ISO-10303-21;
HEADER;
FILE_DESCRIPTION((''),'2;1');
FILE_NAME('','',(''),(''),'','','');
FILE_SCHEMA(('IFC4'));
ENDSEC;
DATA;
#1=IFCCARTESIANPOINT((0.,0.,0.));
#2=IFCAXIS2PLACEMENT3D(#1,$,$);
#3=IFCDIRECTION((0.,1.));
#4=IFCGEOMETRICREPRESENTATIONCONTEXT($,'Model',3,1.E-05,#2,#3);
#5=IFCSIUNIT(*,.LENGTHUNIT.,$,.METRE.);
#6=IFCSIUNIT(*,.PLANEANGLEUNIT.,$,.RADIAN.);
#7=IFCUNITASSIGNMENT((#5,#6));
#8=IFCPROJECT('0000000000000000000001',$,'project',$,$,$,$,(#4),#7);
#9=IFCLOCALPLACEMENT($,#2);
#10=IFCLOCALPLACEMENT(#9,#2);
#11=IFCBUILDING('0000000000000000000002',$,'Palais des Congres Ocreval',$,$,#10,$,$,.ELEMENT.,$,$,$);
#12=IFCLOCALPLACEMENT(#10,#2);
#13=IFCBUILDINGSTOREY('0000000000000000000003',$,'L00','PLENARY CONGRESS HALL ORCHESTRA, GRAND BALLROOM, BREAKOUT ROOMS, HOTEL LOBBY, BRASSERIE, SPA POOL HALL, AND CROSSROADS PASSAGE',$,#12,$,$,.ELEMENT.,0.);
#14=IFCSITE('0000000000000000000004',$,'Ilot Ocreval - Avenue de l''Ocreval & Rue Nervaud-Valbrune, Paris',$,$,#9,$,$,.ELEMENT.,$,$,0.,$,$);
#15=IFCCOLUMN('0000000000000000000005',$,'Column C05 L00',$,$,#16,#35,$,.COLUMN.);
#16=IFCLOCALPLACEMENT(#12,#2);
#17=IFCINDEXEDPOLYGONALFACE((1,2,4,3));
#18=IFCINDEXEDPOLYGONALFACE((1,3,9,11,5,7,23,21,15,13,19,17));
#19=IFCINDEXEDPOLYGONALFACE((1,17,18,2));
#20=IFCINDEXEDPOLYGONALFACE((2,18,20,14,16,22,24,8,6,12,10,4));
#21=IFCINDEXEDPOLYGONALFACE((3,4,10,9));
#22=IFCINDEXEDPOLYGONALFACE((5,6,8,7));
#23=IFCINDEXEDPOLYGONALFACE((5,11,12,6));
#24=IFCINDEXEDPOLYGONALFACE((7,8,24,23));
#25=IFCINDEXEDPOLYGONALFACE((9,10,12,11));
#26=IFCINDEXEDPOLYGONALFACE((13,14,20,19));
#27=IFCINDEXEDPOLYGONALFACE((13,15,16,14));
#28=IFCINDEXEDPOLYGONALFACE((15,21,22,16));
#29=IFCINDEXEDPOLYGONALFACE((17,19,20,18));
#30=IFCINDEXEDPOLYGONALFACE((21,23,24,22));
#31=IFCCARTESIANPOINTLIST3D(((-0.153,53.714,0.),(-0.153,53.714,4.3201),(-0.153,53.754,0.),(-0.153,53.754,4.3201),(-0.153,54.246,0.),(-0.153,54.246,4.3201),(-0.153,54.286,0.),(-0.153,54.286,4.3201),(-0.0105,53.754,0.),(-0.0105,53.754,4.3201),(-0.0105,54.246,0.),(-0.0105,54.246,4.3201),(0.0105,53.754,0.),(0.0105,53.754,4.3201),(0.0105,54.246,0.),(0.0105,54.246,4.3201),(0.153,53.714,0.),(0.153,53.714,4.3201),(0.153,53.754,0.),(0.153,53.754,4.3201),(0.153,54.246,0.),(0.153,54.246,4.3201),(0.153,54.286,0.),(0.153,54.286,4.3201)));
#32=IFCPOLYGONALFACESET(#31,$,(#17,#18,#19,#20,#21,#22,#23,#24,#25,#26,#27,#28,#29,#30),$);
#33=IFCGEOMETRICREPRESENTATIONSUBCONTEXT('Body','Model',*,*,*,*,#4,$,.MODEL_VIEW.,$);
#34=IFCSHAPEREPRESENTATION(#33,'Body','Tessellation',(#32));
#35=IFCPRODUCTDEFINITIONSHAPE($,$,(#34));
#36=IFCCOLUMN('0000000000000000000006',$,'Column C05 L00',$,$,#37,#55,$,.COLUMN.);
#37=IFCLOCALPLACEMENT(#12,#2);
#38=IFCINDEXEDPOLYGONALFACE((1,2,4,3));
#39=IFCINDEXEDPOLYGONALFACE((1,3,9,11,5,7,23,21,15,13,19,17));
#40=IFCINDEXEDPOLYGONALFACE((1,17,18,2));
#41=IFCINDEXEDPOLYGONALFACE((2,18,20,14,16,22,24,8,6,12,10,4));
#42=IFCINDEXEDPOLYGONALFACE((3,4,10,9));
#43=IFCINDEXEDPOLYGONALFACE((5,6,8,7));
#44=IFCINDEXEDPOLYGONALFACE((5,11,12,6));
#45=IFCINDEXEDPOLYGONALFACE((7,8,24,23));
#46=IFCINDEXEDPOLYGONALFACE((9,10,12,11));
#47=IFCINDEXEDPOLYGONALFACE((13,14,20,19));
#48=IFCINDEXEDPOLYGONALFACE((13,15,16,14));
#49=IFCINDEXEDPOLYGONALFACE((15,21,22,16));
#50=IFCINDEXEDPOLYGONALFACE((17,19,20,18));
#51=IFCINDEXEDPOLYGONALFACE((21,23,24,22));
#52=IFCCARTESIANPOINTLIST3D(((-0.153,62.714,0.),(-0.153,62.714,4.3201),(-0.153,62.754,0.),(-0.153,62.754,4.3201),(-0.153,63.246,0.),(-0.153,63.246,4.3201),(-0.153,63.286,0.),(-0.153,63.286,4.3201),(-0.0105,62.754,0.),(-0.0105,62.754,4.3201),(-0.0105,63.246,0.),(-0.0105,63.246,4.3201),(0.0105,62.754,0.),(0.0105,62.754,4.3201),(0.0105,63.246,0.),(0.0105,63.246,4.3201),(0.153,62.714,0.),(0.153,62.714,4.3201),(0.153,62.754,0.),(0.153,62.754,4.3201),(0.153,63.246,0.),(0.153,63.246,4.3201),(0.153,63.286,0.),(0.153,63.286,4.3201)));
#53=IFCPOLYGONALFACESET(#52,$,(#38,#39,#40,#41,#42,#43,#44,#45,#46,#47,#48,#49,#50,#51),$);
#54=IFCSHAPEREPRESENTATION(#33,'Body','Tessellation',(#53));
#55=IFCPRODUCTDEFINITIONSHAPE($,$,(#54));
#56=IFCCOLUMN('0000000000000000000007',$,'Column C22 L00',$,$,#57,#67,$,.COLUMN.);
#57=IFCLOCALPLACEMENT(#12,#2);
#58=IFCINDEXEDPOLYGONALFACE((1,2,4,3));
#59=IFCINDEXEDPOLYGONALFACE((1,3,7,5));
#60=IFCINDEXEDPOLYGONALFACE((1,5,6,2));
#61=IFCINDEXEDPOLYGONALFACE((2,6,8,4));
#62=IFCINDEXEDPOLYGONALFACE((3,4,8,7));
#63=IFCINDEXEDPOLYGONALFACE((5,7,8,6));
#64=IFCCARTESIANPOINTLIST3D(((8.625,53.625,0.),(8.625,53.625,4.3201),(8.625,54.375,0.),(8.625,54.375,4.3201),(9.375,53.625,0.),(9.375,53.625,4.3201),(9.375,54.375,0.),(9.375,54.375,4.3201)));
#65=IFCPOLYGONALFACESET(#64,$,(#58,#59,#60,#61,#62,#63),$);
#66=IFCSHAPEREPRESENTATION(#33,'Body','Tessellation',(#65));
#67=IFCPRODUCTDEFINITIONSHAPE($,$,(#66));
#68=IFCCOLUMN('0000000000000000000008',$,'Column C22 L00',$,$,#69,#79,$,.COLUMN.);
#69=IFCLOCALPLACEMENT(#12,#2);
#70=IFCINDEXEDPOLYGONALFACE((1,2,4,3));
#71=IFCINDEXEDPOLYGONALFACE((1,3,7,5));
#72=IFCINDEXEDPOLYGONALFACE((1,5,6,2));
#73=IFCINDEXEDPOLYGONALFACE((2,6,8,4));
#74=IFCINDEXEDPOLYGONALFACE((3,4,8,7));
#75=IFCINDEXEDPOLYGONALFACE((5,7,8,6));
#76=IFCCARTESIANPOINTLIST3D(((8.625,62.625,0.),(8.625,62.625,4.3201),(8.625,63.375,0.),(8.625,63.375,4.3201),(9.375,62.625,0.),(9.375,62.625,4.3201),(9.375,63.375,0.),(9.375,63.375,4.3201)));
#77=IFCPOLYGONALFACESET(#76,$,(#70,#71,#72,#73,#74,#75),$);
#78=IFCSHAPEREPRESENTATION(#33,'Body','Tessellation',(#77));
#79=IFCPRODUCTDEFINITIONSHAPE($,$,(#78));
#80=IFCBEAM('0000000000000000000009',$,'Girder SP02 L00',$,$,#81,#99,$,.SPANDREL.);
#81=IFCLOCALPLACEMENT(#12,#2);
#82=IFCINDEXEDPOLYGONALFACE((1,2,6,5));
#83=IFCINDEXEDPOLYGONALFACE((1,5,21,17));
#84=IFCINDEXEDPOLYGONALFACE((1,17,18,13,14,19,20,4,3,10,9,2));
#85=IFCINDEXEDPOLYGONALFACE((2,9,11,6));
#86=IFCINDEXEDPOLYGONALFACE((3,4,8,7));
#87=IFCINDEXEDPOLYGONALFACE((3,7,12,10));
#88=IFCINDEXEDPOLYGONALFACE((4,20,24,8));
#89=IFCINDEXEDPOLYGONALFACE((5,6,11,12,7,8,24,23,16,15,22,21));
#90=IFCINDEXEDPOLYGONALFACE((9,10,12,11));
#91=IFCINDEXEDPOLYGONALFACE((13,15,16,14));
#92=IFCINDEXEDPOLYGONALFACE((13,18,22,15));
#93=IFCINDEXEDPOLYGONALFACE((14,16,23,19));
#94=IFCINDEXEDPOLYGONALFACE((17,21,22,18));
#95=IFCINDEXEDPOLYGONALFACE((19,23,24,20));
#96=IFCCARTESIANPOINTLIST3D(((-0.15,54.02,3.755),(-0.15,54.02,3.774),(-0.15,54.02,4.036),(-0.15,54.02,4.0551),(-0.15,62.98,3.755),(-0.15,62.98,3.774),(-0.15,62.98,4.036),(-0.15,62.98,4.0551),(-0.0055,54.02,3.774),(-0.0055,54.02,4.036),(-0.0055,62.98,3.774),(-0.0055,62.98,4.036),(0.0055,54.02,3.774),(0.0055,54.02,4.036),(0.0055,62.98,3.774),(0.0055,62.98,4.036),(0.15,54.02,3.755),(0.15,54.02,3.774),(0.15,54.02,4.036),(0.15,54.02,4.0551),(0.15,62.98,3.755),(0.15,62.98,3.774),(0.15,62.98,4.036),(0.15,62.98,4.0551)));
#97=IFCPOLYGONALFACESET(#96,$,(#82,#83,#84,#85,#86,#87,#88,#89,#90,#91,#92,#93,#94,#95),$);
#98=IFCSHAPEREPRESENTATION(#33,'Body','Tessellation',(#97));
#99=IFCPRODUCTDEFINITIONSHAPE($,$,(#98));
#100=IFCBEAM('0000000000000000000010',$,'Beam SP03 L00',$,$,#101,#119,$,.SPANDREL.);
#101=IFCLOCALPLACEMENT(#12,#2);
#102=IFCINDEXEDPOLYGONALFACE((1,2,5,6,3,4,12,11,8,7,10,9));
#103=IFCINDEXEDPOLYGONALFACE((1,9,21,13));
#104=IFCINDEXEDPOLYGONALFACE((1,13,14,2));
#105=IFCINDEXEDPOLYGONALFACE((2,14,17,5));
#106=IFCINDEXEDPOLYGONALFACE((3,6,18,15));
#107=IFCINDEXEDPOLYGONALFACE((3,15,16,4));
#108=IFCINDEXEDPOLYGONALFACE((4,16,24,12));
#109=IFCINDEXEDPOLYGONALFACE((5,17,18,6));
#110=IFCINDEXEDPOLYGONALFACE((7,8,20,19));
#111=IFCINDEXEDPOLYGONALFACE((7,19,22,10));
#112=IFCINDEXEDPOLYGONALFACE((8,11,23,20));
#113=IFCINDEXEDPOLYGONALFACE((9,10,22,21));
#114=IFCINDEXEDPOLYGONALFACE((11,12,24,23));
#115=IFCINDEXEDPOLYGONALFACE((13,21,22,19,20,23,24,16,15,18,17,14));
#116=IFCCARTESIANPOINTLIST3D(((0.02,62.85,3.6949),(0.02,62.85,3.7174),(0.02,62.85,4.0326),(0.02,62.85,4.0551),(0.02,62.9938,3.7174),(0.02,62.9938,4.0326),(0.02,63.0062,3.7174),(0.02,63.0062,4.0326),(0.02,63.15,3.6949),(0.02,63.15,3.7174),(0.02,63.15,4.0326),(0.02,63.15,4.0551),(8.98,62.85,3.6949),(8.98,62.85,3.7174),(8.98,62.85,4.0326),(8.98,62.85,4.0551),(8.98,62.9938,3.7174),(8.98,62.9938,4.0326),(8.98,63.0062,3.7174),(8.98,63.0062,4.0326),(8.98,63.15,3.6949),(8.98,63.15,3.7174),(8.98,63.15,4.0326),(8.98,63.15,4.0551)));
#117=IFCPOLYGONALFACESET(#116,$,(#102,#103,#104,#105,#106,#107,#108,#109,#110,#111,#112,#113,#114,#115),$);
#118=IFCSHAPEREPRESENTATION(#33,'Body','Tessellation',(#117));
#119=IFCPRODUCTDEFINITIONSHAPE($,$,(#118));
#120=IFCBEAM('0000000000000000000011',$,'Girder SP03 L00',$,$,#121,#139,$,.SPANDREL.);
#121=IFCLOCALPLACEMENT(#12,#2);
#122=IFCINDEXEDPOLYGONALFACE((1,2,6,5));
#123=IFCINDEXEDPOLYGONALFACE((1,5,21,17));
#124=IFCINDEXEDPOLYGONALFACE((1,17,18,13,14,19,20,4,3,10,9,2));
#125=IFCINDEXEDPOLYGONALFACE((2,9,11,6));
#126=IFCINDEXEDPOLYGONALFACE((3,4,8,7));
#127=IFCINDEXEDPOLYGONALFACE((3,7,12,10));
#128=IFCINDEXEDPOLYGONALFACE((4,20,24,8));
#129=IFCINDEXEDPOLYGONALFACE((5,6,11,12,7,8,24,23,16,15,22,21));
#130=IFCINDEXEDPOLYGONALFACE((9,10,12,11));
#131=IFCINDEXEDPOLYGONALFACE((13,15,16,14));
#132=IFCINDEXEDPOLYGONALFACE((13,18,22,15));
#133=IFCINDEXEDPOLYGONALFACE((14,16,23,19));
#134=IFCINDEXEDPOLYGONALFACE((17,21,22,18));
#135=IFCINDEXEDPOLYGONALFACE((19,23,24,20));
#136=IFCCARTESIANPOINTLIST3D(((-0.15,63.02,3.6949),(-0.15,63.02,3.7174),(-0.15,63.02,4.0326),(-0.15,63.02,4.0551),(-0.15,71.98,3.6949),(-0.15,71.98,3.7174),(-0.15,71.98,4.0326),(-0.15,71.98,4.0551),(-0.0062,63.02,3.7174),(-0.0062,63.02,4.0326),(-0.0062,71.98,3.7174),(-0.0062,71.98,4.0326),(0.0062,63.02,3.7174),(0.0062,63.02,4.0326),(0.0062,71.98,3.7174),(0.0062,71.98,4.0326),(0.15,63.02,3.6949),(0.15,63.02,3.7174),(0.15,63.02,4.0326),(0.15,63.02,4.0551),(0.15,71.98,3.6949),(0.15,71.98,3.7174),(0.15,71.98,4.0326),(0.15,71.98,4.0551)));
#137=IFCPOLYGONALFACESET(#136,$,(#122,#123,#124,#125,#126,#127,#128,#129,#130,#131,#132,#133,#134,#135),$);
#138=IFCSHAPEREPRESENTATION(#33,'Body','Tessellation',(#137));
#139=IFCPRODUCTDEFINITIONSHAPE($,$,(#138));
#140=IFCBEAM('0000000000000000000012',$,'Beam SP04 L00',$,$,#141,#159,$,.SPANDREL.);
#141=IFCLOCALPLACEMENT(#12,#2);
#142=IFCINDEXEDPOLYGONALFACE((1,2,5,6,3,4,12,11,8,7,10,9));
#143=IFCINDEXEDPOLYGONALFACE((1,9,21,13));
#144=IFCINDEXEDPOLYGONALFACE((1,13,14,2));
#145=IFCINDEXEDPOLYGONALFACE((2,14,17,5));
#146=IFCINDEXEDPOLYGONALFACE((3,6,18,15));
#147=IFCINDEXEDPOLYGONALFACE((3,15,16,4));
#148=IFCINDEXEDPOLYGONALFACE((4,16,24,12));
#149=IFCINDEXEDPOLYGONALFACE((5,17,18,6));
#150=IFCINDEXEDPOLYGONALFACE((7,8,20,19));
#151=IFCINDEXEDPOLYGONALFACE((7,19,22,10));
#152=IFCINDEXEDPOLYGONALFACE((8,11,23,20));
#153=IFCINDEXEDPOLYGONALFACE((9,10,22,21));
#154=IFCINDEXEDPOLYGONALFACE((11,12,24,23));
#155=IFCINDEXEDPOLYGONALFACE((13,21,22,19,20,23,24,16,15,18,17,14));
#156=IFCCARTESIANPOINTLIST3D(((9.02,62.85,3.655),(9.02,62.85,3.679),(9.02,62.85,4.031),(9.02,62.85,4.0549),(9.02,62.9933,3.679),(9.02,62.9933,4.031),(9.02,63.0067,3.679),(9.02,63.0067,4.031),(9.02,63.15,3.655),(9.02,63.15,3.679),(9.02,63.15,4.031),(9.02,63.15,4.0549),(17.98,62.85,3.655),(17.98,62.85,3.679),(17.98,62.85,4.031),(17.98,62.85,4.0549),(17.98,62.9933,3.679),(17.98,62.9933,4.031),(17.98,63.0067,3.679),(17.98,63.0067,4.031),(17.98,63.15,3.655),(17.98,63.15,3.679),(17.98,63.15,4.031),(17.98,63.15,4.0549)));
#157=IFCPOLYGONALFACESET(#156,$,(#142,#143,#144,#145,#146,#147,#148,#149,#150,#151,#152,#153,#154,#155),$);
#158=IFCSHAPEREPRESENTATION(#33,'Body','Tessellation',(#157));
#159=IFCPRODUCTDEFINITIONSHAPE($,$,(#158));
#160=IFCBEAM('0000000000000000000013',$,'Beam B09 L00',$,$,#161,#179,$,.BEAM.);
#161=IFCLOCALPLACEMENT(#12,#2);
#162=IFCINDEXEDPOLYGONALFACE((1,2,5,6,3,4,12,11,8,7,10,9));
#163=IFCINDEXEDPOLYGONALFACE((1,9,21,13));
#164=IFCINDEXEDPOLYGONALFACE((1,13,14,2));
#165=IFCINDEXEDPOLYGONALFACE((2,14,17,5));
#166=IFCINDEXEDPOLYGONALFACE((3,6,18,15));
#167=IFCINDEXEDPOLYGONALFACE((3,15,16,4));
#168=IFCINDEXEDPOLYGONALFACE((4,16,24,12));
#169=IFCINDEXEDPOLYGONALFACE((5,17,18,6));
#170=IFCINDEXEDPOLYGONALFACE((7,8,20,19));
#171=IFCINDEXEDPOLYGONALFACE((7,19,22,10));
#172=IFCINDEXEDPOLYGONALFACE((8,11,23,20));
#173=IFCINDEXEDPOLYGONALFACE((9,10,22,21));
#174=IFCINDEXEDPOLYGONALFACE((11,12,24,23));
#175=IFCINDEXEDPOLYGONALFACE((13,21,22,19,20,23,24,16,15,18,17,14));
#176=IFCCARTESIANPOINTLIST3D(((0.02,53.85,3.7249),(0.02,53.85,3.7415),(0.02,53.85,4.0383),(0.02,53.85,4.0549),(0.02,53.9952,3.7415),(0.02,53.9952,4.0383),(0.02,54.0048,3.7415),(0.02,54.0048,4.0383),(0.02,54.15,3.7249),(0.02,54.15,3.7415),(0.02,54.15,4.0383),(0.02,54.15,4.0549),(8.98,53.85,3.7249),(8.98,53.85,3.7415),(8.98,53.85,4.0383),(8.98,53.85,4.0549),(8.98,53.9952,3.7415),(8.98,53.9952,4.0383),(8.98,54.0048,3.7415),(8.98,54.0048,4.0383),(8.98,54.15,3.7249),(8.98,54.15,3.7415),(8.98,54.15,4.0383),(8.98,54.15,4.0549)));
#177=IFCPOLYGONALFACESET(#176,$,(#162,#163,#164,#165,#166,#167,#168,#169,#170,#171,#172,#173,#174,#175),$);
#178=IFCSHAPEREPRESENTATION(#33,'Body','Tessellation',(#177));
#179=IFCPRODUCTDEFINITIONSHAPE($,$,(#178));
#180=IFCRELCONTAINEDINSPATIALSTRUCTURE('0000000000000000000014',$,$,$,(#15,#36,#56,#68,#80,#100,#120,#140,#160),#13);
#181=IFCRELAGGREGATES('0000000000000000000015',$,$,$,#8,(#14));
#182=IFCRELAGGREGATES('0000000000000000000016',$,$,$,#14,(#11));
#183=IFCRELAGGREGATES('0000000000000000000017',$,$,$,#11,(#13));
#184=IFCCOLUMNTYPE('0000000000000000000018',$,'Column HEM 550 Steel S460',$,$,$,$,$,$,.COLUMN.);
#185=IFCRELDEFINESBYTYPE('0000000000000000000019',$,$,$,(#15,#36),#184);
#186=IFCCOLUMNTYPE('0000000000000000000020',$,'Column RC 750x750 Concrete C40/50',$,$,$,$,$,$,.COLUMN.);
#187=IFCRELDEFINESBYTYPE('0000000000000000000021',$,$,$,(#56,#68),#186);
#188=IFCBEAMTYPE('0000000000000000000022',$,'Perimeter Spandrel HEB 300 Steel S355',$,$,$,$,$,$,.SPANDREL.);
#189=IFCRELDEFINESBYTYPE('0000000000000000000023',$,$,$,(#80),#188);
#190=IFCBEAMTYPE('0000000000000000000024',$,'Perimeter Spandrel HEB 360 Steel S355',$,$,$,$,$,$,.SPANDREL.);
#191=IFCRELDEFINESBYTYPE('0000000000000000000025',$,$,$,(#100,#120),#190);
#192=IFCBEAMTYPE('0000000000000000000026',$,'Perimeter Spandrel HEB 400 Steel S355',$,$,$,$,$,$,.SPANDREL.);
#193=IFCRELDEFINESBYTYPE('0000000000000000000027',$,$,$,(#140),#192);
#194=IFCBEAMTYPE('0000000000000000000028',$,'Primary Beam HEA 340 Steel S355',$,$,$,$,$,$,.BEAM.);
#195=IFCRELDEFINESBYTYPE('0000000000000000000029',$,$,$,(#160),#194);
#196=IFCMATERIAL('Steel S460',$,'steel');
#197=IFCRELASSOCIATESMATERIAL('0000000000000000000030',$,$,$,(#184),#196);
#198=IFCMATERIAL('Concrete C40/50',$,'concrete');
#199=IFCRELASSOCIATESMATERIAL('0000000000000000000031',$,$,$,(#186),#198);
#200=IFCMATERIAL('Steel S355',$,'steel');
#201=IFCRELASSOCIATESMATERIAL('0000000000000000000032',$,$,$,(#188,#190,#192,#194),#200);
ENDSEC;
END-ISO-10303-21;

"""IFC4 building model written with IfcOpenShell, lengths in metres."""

from ifc_helpers import new_model, si_unit, direction, frame, origin, origin_2d, place, context, subcontext, project, spatial, rectangle, i_section, extrude, material, material_profile, profile_set, type_object, element, save


model = new_model("IFC4")

# Units and contexts
model_context = context("Model", 3, precision=1e-05, world=origin(), true_north=direction((0.0, 1.0)))
body_context = subcontext(model_context, "Body", "Model", "MODEL_VIEW")
ifc_project = project(units=[si_unit("LENGTHUNIT", "METRE"), si_unit("PLANEANGLEUNIT", "RADIAN")], contexts=[model_context])

# Site, building, storey
site_placement = place(None, origin())
site = spatial("IfcSite", under=ifc_project, at=site_placement, Name="Ilot Ocreval - Avenue de l'Ocreval & Rue Nervaud-Valbrune, Paris", CompositionType="ELEMENT", RefElevation=0.0)
building_placement = place(site_placement, origin())
building = spatial("IfcBuilding", under=site, at=building_placement, Name="Palais des Congres Ocreval", CompositionType="ELEMENT")
storey_placement = place(building_placement, origin())
storey = spatial("IfcBuildingStorey", under=building, at=storey_placement, Name="L00", Description="PLENARY CONGRESS HALL ORCHESTRA, GRAND BALLROOM, BREAKOUT ROOMS, HOTEL LOBBY, BRASSERIE, SPA POOL HALL, AND CROSSROADS PASSAGE", CompositionType="ELEMENT", Elevation=0.0)

# Columns
ifc_material_1 = material(Name="Steel S460", Category="steel")
ifc_material_profile_1 = material_profile(ifc_material_1, i_section(OverallWidth=0.3059, OverallDepth=0.572, WebThickness=0.021, FlangeThickness=0.04, at=origin_2d()), Name="HEM 550")
ifc_profile_set_1 = profile_set([ifc_material_profile_1], Name="Steel S460")
column_type_1 = type_object("IfcColumnType", Name="Column HEM 550 Steel S460", PredefinedType="COLUMN", material=ifc_profile_set_1)
for number, where, z_axis, x_axis, name in (
    (1, (0.0, 54.0, 0.0), (0.0, 0.0, 1.0), (1.0, 0.0, 0.0), "Column C05 L00"),
    (2, (0.0, 63.0, 0.0), (0.0, 0.0, 1.0), (1.0, 0.0, 0.0), "Column C05 L00"),
):
    element("IfcColumn", number, at=place(storey_placement, frame(where, z_axis=z_axis, x_axis=x_axis)), inside=storey, type_object=column_type_1, Name=name, PredefinedType="COLUMN", context=body_context, shape_type="SweptSolid", body=[
        extrude(i_section(OverallWidth=0.3059, OverallDepth=0.572, WebThickness=0.021, FlangeThickness=0.04, at=origin_2d()), origin(), (0.0, 0.0, 1.0), 4.3201),
    ])
ifc_material_2 = material(Name="Concrete C40/50", Category="concrete")
ifc_material_profile_2 = material_profile(ifc_material_2, rectangle(XDim=0.75, YDim=0.75, at=origin_2d()), Name="RC 750x750")
ifc_profile_set_2 = profile_set([ifc_material_profile_2], Name="Concrete C40/50")
column_type_2 = type_object("IfcColumnType", Name="Column RC 750x750 Concrete C40/50", PredefinedType="COLUMN", material=ifc_profile_set_2)
for number, where, z_axis, x_axis, name in (
    (3, (9.0, 54.0, 0.0), (0.0, 0.0, 1.0), (1.0, 0.0, 0.0), "Column C22 L00"),
    (4, (9.0, 63.0, 0.0), (0.0, 0.0, 1.0), (1.0, 0.0, 0.0), "Column C22 L00"),
):
    element("IfcColumn", number, at=place(storey_placement, frame(where, z_axis=z_axis, x_axis=x_axis)), inside=storey, type_object=column_type_2, Name=name, PredefinedType="COLUMN", context=body_context, shape_type="SweptSolid", body=[
        extrude(rectangle(XDim=0.75, YDim=0.75, at=origin_2d()), origin(), (0.0, 0.0, 1.0), 4.3201),
    ])

# Beams
ifc_material_3 = material(Name="Steel S355", Category="steel")
ifc_material_profile_3 = material_profile(ifc_material_3, i_section(OverallWidth=0.3, OverallDepth=0.3, WebThickness=0.011, FlangeThickness=0.019, at=origin_2d()), Name="HEB 300")
ifc_profile_set_3 = profile_set([ifc_material_profile_3], Name="Steel S355")
beam_type_1 = type_object("IfcBeamType", Name="Perimeter Spandrel HEB 300 Steel S355", PredefinedType="SPANDREL", material=ifc_profile_set_3)
beam_1_placement = place(storey_placement, frame((0.0, 54.02, 3.905), z_axis=(0.0, 1.0, 0.0), x_axis=(-1.0, 0.0, 0.0)))
element("IfcBeam", 5, at=beam_1_placement, inside=storey, type_object=beam_type_1, Name="Girder SP02 L00", PredefinedType="SPANDREL", context=body_context, shape_type="SweptSolid", body=[
    extrude(i_section(OverallWidth=0.3, OverallDepth=0.3, WebThickness=0.011, FlangeThickness=0.019, at=origin_2d()), origin(), (0.0, 0.0, 1.0), 8.96),
])
ifc_material_profile_4 = material_profile(ifc_material_3, i_section(OverallWidth=0.3, OverallDepth=0.3601, WebThickness=0.0125, FlangeThickness=0.0225, at=origin_2d()), Name="HEB 360")
ifc_profile_set_4 = profile_set([ifc_material_profile_4], Name="Steel S355")
beam_type_2 = type_object("IfcBeamType", Name="Perimeter Spandrel HEB 360 Steel S355", PredefinedType="SPANDREL", material=ifc_profile_set_4)
for number, where, z_axis, x_axis, name in (
    (6, (0.02, 63.0, 3.875), (1.0, 0.0, 0.0), (0.0, 1.0, 0.0), "Beam SP03 L00"),
    (7, (0.0, 63.02, 3.875), (0.0, 1.0, 0.0), (-1.0, 0.0, 0.0), "Girder SP03 L00"),
):
    element("IfcBeam", number, at=place(storey_placement, frame(where, z_axis=z_axis, x_axis=x_axis)), inside=storey, type_object=beam_type_2, Name=name, PredefinedType="SPANDREL", context=body_context, shape_type="SweptSolid", body=[
        extrude(i_section(OverallWidth=0.3, OverallDepth=0.3601, WebThickness=0.0125, FlangeThickness=0.0225, at=origin_2d()), origin(), (0.0, 0.0, 1.0), 8.96),
    ])
ifc_material_profile_5 = material_profile(ifc_material_3, i_section(OverallWidth=0.3, OverallDepth=0.3999, WebThickness=0.0134, FlangeThickness=0.0239, at=origin_2d()), Name="HEB 400")
ifc_profile_set_5 = profile_set([ifc_material_profile_5], Name="Steel S355")
beam_type_3 = type_object("IfcBeamType", Name="Perimeter Spandrel HEB 400 Steel S355", PredefinedType="SPANDREL", material=ifc_profile_set_5)
beam_2_placement = place(storey_placement, frame((9.02, 63.0, 3.855), z_axis=(1.0, 0.0, 0.0), x_axis=(0.0, 1.0, 0.0)))
element("IfcBeam", 8, at=beam_2_placement, inside=storey, type_object=beam_type_3, Name="Beam SP04 L00", PredefinedType="SPANDREL", context=body_context, shape_type="SweptSolid", body=[
    extrude(i_section(OverallWidth=0.3, OverallDepth=0.3999, WebThickness=0.0134, FlangeThickness=0.0239, at=origin_2d()), origin(), (0.0, 0.0, 1.0), 8.96),
])
ifc_material_profile_6 = material_profile(ifc_material_3, i_section(OverallWidth=0.3, OverallDepth=0.3301, WebThickness=0.0095, FlangeThickness=0.0166, at=origin_2d()), Name="HEA 340")
ifc_profile_set_6 = profile_set([ifc_material_profile_6], Name="Steel S355")
beam_type_4 = type_object("IfcBeamType", Name="Primary Beam HEA 340 Steel S355", PredefinedType="BEAM", material=ifc_profile_set_6)
beam_3_placement = place(storey_placement, frame((0.02, 54.0, 3.8899), z_axis=(1.0, 0.0, 0.0), x_axis=(0.0, 1.0, 0.0)))
element("IfcBeam", 9, at=beam_3_placement, inside=storey, type_object=beam_type_4, Name="Beam B09 L00", PredefinedType="BEAM", context=body_context, shape_type="SweptSolid", body=[
    extrude(i_section(OverallWidth=0.3, OverallDepth=0.3301, WebThickness=0.0095, FlangeThickness=0.0166, at=origin_2d()), origin(), (0.0, 0.0, 1.0), 8.96),
])

save(model, "model.ifc")
